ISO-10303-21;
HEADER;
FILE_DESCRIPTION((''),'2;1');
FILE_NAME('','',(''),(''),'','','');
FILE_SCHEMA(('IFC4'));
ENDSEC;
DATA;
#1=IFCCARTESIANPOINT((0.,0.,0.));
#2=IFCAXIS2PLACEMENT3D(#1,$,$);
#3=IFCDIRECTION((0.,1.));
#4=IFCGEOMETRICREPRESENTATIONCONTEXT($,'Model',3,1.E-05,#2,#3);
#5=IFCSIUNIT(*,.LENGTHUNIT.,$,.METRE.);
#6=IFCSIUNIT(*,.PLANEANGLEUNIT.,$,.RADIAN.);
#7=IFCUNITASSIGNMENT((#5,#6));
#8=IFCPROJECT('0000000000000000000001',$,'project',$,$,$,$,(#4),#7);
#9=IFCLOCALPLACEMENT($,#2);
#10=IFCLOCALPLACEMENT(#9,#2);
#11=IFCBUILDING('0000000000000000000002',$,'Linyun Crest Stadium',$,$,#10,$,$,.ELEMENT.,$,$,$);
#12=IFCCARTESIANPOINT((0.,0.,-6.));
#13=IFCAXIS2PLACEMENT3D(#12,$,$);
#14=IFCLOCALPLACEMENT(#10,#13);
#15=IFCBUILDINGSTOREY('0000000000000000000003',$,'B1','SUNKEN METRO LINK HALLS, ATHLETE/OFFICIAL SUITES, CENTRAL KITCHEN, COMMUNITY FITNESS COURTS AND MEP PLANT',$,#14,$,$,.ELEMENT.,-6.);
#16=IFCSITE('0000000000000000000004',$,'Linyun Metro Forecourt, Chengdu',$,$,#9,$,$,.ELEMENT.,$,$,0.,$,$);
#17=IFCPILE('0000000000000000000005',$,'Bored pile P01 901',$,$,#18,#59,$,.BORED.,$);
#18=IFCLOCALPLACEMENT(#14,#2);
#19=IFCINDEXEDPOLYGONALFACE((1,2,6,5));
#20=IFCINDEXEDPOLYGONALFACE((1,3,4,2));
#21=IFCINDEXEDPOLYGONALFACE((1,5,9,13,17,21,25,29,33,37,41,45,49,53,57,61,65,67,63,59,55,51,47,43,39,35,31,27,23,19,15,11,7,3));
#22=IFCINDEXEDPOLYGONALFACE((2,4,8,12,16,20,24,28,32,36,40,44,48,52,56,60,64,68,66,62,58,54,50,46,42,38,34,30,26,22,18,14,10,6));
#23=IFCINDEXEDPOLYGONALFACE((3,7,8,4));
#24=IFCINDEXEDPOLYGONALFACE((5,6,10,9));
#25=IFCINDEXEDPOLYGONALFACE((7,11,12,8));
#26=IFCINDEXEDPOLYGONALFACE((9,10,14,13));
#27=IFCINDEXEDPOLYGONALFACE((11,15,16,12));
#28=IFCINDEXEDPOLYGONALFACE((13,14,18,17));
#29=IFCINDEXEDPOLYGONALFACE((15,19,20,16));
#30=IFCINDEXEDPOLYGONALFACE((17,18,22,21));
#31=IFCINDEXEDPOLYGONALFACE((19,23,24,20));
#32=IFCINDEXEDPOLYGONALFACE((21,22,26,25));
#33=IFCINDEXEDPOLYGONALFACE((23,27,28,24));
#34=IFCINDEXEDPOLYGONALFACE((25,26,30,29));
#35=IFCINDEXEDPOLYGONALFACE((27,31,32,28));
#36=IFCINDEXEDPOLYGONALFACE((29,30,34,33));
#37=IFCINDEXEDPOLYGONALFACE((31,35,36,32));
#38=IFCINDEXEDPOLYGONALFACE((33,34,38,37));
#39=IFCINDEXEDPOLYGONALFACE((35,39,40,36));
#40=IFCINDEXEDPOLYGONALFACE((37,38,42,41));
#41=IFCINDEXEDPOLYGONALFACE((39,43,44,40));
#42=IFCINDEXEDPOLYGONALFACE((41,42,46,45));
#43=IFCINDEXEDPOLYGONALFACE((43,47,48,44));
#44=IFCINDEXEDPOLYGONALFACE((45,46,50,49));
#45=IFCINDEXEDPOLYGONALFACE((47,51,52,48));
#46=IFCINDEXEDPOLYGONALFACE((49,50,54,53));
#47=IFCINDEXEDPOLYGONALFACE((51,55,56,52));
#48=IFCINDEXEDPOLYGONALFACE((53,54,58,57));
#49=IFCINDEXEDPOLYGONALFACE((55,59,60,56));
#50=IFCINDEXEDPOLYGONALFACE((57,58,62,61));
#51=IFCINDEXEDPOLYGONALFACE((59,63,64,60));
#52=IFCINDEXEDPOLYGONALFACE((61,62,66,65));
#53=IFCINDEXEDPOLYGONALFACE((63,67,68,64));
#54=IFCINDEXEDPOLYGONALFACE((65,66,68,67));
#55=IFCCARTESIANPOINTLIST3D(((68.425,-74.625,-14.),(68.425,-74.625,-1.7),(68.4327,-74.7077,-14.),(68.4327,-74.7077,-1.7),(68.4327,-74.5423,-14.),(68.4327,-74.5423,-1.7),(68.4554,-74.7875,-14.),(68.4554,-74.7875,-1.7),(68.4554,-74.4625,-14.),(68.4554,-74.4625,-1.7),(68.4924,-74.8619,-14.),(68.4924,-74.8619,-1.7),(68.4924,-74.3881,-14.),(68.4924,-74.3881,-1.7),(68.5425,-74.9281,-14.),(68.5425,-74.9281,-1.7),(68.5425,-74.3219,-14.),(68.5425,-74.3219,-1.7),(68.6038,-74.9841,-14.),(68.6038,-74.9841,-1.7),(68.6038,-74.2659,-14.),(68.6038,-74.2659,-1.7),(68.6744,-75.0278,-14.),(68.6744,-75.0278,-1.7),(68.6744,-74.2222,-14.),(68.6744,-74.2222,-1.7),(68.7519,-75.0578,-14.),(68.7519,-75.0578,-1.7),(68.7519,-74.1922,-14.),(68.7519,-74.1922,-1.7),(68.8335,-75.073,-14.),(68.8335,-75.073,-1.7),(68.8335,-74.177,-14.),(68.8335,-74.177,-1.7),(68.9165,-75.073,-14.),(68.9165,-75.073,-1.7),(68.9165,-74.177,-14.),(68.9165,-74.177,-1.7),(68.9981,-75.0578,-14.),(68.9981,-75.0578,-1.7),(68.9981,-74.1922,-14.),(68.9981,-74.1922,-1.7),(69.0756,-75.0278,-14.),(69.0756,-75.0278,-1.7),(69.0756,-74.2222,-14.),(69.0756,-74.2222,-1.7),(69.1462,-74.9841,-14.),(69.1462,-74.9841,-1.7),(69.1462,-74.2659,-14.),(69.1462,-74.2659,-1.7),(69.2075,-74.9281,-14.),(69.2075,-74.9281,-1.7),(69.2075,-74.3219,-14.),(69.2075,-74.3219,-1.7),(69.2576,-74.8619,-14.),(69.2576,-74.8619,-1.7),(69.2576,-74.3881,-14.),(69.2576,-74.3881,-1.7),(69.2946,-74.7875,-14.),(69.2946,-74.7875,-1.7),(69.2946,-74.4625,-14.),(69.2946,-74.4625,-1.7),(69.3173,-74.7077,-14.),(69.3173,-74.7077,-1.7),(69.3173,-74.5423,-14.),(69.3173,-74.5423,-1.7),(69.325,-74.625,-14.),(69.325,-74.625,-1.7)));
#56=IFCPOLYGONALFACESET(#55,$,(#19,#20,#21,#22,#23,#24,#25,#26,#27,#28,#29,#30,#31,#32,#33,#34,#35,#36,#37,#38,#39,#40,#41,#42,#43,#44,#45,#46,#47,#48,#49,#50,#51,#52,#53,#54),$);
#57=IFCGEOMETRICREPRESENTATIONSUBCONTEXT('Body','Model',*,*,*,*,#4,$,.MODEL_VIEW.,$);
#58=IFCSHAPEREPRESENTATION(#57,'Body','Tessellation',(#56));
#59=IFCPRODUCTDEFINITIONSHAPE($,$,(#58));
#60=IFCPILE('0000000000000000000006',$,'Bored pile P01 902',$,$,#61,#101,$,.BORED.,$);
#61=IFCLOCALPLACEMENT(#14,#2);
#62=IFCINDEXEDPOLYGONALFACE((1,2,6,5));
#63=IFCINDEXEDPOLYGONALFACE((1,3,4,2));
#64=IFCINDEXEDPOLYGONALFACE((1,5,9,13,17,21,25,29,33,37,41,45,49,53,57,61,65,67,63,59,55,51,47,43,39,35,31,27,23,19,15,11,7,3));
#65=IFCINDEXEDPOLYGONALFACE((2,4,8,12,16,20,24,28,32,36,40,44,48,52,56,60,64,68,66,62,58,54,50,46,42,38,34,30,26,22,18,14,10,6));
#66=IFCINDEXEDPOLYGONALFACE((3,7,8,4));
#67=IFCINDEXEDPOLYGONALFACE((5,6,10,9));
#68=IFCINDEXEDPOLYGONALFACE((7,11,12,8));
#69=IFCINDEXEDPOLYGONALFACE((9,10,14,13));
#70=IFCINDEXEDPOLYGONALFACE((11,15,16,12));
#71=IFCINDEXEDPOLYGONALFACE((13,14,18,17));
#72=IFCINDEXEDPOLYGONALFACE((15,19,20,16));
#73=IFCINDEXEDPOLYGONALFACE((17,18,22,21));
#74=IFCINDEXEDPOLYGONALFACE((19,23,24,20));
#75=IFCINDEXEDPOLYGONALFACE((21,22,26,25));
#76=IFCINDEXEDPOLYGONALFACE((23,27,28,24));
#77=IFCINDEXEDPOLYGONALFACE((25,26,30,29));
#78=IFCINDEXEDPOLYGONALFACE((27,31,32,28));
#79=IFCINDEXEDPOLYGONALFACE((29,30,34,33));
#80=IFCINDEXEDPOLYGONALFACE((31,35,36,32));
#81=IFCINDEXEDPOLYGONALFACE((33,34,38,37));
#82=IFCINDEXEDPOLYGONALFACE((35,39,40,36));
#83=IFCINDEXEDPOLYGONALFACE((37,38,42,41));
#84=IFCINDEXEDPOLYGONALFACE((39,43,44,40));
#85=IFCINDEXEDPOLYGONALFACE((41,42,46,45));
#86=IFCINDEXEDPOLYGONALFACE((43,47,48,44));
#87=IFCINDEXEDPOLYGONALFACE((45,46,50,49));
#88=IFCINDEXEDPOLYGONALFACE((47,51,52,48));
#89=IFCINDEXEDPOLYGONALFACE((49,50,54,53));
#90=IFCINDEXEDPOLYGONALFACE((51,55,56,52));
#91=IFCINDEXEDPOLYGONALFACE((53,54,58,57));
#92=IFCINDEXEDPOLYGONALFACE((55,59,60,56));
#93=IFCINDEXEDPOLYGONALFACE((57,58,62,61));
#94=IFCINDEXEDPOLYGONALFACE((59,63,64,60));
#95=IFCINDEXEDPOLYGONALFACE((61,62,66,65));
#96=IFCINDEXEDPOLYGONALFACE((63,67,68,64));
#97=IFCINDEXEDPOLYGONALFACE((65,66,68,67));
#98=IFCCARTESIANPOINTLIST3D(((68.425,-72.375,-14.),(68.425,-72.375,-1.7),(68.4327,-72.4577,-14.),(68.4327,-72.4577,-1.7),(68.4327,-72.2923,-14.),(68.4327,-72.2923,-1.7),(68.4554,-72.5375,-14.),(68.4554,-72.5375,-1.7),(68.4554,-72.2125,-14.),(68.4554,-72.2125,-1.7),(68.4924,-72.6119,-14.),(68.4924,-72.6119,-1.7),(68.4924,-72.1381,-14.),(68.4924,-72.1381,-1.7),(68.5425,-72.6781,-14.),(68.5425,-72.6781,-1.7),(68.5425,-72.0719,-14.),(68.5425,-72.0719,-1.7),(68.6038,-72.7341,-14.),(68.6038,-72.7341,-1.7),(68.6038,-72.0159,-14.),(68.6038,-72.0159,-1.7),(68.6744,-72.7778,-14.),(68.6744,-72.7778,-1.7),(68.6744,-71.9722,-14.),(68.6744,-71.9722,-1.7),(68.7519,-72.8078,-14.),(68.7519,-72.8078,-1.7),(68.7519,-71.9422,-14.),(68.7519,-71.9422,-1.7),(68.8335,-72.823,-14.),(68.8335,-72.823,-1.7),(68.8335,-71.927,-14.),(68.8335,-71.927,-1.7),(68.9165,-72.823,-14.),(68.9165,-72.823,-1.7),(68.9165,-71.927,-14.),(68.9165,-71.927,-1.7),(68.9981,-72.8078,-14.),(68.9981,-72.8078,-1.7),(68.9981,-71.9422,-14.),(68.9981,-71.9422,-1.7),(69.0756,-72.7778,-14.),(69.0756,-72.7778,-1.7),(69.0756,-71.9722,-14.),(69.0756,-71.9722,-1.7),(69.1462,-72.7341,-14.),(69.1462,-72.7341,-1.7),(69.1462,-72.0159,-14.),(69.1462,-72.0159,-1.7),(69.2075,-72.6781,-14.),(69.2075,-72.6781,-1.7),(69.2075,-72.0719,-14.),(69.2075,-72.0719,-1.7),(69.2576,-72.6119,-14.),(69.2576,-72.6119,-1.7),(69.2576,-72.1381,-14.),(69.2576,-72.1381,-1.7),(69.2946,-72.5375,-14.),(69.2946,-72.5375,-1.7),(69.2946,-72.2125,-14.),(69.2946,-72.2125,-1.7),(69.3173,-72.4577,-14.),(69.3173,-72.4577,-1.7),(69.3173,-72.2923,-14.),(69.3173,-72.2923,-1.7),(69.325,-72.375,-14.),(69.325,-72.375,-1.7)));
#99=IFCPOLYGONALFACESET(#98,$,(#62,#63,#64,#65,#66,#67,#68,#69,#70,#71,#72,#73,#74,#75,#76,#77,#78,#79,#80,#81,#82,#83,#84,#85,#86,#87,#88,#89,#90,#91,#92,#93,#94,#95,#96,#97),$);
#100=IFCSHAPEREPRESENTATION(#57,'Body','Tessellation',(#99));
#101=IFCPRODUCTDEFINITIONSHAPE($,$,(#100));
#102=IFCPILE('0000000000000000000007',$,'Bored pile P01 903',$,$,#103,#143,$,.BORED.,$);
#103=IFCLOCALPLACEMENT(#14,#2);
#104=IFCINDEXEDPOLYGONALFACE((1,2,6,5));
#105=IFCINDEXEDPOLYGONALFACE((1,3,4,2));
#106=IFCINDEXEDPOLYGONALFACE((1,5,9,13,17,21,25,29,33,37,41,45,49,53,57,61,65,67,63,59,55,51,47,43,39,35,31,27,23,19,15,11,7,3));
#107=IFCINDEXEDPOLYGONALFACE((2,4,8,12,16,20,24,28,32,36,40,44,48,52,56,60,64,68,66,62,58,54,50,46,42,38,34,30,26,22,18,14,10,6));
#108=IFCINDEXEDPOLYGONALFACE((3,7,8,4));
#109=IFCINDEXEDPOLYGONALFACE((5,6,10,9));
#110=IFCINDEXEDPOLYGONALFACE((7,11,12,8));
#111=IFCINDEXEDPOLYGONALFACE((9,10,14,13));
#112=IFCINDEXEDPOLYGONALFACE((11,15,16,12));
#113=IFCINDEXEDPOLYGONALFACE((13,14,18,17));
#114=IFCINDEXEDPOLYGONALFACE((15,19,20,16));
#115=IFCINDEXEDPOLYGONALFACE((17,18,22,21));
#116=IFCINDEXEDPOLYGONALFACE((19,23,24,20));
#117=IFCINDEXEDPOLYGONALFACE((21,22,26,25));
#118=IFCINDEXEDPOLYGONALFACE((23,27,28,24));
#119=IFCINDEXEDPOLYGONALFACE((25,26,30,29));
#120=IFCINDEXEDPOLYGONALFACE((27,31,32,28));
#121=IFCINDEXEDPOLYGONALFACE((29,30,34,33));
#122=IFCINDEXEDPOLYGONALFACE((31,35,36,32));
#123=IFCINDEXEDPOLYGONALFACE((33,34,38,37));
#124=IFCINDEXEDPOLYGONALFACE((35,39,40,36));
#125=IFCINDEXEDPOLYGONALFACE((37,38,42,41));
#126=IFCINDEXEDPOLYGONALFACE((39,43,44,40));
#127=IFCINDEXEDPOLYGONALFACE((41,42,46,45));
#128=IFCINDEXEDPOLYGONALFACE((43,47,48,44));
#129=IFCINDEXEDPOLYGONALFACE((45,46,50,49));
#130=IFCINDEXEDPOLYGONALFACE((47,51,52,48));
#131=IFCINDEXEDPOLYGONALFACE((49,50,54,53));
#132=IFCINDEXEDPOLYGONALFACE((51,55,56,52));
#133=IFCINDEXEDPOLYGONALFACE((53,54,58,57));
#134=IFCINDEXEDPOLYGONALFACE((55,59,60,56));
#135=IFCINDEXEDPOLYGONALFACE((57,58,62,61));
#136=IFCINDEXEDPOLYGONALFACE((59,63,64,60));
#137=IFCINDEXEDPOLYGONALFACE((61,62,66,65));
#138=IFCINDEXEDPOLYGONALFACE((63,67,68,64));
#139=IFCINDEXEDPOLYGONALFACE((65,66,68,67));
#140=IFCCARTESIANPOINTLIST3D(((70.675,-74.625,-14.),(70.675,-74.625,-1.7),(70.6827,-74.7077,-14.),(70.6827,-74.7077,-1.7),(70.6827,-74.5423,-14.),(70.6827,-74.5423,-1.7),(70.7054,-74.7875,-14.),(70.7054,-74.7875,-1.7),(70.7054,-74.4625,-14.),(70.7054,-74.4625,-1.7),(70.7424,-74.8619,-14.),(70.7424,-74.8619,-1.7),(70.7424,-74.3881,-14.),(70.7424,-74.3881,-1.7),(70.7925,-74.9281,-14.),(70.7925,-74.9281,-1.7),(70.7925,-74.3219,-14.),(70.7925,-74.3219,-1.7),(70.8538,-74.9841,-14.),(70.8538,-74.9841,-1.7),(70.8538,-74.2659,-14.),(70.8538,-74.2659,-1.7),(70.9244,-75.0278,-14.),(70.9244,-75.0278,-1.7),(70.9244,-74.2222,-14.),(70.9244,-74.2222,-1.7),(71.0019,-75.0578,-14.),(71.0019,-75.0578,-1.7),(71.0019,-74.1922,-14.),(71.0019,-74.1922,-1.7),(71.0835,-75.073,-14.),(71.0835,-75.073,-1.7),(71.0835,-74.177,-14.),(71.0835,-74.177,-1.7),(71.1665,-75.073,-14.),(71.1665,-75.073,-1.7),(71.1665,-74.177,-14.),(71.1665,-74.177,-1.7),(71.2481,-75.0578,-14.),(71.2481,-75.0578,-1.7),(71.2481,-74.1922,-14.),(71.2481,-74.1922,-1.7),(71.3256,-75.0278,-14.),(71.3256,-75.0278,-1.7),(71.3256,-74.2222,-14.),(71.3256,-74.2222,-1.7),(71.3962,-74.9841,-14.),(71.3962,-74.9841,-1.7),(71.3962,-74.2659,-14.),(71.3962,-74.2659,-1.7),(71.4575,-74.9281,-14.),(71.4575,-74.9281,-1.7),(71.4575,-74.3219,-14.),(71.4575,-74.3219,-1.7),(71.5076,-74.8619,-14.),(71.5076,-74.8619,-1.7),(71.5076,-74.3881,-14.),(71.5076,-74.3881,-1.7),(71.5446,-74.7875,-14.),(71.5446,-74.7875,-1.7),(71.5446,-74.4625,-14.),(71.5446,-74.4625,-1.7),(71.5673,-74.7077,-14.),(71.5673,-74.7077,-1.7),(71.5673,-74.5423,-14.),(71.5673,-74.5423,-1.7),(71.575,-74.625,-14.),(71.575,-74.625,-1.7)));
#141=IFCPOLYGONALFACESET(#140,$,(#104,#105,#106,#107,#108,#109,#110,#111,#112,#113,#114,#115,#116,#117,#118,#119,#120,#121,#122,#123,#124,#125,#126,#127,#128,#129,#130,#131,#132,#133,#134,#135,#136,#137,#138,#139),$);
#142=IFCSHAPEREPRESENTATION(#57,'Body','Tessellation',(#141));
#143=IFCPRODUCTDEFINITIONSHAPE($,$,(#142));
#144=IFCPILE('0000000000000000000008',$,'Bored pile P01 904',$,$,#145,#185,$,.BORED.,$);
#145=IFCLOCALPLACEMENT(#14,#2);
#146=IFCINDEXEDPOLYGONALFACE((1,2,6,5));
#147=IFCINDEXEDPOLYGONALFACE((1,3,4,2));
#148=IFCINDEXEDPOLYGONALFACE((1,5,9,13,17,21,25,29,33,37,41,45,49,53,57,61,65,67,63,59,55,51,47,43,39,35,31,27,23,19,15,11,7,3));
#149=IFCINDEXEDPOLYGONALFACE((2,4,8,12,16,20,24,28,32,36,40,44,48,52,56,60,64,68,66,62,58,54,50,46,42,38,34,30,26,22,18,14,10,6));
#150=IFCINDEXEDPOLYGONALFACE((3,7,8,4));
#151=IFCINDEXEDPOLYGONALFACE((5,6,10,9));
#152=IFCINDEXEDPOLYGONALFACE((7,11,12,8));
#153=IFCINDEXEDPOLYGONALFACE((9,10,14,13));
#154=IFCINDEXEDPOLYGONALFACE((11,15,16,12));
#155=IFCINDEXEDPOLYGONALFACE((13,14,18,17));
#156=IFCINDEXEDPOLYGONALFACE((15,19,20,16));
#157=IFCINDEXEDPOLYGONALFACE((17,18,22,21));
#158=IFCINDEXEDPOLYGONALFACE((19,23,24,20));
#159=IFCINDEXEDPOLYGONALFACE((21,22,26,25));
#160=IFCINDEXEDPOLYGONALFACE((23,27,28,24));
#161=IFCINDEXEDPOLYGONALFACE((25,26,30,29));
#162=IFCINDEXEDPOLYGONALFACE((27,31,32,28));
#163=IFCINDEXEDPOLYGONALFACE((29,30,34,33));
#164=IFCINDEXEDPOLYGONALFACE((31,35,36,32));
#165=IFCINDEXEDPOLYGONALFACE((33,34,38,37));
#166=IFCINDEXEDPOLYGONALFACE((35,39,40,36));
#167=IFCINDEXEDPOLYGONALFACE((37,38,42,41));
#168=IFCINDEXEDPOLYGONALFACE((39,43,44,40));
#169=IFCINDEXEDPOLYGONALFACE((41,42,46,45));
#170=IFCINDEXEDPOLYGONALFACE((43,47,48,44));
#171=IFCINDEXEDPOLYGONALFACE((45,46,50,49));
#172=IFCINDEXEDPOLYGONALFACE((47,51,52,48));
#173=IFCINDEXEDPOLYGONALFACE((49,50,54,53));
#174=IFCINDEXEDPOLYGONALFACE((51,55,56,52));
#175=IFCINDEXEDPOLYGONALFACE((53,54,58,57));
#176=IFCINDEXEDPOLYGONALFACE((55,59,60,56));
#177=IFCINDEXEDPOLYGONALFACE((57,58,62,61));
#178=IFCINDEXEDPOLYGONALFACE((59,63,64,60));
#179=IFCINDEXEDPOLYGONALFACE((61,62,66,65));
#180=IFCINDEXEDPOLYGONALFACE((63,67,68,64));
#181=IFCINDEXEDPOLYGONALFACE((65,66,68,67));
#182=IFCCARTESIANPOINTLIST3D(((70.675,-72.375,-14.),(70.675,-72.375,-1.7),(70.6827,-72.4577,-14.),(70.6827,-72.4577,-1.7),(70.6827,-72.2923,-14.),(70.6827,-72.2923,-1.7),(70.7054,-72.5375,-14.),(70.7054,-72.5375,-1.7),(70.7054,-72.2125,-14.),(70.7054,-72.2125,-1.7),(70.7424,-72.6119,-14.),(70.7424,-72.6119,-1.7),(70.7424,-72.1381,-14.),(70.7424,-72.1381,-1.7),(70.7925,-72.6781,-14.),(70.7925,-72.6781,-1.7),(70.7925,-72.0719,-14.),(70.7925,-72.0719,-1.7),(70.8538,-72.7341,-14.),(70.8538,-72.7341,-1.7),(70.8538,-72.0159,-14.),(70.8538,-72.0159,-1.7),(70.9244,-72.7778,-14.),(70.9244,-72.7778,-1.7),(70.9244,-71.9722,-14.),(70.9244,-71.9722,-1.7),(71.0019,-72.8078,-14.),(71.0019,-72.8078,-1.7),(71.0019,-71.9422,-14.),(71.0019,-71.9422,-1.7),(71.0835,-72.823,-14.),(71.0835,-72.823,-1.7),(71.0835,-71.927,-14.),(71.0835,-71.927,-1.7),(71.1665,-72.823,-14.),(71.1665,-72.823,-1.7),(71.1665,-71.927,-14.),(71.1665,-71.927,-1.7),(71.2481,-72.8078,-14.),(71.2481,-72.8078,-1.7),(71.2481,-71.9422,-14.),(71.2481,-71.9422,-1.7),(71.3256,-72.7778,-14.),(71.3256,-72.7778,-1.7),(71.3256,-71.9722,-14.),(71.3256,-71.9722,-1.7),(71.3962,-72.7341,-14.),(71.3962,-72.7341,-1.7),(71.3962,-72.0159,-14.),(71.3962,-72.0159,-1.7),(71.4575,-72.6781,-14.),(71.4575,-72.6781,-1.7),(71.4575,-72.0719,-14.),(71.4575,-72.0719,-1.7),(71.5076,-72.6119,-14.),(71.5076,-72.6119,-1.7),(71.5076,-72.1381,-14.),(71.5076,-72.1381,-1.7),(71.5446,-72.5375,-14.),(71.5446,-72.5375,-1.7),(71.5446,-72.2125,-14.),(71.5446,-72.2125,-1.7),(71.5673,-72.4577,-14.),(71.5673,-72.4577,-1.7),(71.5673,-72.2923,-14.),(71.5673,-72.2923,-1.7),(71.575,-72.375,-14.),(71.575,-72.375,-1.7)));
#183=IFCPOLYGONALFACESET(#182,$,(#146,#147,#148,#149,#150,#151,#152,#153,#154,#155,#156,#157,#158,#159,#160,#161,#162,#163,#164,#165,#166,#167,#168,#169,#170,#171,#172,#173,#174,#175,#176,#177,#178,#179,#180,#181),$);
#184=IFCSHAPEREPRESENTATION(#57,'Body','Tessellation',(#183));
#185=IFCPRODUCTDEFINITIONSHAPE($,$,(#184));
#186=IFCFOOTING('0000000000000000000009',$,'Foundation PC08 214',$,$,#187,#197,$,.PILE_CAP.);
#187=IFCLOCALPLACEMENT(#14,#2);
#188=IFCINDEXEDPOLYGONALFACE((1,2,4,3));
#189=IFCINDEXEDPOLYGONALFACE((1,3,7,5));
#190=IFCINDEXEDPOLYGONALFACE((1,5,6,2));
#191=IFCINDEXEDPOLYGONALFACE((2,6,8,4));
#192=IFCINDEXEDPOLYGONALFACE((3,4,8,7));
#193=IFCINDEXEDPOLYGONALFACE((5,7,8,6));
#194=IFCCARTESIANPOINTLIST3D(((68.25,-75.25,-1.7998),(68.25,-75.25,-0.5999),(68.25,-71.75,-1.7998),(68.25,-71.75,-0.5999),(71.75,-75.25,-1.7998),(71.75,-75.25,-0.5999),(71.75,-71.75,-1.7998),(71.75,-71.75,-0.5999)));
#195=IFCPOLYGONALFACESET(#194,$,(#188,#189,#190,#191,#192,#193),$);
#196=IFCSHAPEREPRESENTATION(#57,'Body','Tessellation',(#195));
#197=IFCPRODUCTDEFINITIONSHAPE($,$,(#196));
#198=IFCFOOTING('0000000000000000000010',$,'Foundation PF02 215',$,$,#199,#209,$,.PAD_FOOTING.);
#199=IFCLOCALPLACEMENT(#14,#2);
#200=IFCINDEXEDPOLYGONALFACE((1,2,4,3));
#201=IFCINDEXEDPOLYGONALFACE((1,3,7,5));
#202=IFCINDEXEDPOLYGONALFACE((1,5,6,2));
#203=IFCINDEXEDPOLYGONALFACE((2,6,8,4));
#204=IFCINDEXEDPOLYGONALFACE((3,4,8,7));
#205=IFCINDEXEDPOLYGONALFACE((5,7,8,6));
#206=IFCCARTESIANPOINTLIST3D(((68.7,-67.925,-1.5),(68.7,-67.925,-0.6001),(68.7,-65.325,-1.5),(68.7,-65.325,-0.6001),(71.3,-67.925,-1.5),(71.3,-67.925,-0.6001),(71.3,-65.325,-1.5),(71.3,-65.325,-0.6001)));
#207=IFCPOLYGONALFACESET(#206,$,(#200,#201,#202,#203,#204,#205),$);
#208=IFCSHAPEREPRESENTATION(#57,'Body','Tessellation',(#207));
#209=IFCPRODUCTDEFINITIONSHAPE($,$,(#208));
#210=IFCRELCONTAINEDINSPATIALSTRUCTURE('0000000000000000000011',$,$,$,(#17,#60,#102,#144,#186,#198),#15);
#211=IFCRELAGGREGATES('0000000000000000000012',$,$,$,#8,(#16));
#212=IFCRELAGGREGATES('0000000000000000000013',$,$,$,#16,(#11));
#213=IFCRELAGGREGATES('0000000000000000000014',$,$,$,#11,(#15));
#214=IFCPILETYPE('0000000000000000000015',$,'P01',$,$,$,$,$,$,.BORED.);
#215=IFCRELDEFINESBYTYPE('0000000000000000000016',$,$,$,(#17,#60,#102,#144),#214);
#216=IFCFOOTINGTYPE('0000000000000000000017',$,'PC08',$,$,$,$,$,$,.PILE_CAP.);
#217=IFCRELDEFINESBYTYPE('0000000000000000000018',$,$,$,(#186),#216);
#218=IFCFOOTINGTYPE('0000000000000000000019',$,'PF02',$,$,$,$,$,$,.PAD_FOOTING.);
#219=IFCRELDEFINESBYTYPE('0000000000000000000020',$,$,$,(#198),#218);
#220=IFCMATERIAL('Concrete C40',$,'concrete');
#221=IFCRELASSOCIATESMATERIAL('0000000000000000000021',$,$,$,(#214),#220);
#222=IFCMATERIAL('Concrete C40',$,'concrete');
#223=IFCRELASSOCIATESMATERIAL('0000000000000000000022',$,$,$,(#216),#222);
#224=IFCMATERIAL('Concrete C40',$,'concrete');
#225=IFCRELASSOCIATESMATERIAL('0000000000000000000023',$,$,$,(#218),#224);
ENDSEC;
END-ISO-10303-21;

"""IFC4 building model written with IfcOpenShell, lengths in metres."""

from ifc_helpers import new_model, si_unit, direction, frame, origin, origin_2d, place, context, subcontext, project, spatial, rectangle, circle, extrude, material, material_profile, profile_set, type_object, element, save


model = new_model("IFC4")

# Units and contexts
model_context = context("Model", 3, precision=1e-05, world=origin(), true_north=direction((0.0, 1.0)))
body_context = subcontext(model_context, "Body", "Model", "MODEL_VIEW")
ifc_project = project(units=[si_unit("LENGTHUNIT", "METRE"), si_unit("PLANEANGLEUNIT", "RADIAN")], contexts=[model_context])

# Site, building, storey
site_placement = place(None, origin())
site = spatial("IfcSite", under=ifc_project, at=site_placement, Name="Linyun Metro Forecourt, Chengdu", CompositionType="ELEMENT", RefElevation=0.0)
building_placement = place(site_placement, origin())
building = spatial("IfcBuilding", under=site, at=building_placement, Name="Linyun Crest Stadium", CompositionType="ELEMENT")
storey_placement = place(building_placement, frame((0.0, 0.0, -6.0)))
storey = spatial("IfcBuildingStorey", under=building, at=storey_placement, Name="B1", Description="SUNKEN METRO LINK HALLS, ATHLETE/OFFICIAL SUITES, CENTRAL KITCHEN, COMMUNITY FITNESS COURTS AND MEP PLANT", CompositionType="ELEMENT", Elevation=-6.0)

# Piles
ifc_material_1 = material(Name="Concrete C40", Category="concrete")
ifc_material_profile_1 = material_profile(ifc_material_1, circle(Radius=0.45, at=origin_2d()), Name="BORED PILE 900")
ifc_profile_set_1 = profile_set([ifc_material_profile_1], Name="Concrete C40")
pile_type = type_object("IfcPileType", Name="P01", PredefinedType="BORED", material=ifc_profile_set_1)
for number, where, z_axis, x_axis, name in (
    (1, (68.875, -74.625, -1.7), (0.0, 0.0, -1.0), (1.0, 0.0, 0.0), "Bored pile P01 901"),
    (2, (68.875, -72.375, -1.7), (0.0, 0.0, -1.0), (1.0, 0.0, 0.0), "Bored pile P01 902"),
    (3, (71.125, -74.625, -1.7), (0.0, 0.0, -1.0), (1.0, 0.0, 0.0), "Bored pile P01 903"),
    (4, (71.125, -72.375, -1.7), (0.0, 0.0, -1.0), (1.0, 0.0, 0.0), "Bored pile P01 904"),
):
    element("IfcPile", number, at=place(storey_placement, frame(where, z_axis=z_axis, x_axis=x_axis)), inside=storey, type_object=pile_type, Name=name, PredefinedType="BORED", context=body_context, shape_type="SweptSolid", body=[
        extrude(circle(Radius=0.45, at=origin_2d()), origin(), (0.0, 0.0, 1.0), 12.3),
    ])

# Footings
ifc_material_2 = material(Name="Concrete C40", Category="concrete")
footing_type_1 = type_object("IfcFootingType", Name="PC08", PredefinedType="PILE_CAP", material=ifc_material_2)
footing_1_placement = place(storey_placement, frame((70.0, -73.5, -1.7998), z_axis=(0.0, 0.0, 1.0), x_axis=(1.0, 0.0, 0.0)))
element("IfcFooting", 5, at=footing_1_placement, inside=storey, type_object=footing_type_1, Name="Foundation PC08 214", PredefinedType="PILE_CAP", context=body_context, shape_type="SweptSolid", body=[
    extrude(rectangle(XDim=3.5, YDim=3.5, at=origin_2d()), origin(), (0.0, 0.0, 1.0), 1.2),
])
ifc_material_3 = material(Name="Concrete C40", Category="concrete")
footing_type_2 = type_object("IfcFootingType", Name="PF02", PredefinedType="PAD_FOOTING", material=ifc_material_3)
footing_2_placement = place(storey_placement, frame((70.0, -66.625, -1.5), z_axis=(0.0, 0.0, 1.0), x_axis=(1.0, 0.0, 0.0)))
element("IfcFooting", 6, at=footing_2_placement, inside=storey, type_object=footing_type_2, Name="Foundation PF02 215", PredefinedType="PAD_FOOTING", context=body_context, shape_type="SweptSolid", body=[
    extrude(rectangle(XDim=2.6001, YDim=2.6001, at=origin_2d()), origin(), (0.0, 0.0, 1.0), 0.8999),
])

save(model, "model.ifc")
